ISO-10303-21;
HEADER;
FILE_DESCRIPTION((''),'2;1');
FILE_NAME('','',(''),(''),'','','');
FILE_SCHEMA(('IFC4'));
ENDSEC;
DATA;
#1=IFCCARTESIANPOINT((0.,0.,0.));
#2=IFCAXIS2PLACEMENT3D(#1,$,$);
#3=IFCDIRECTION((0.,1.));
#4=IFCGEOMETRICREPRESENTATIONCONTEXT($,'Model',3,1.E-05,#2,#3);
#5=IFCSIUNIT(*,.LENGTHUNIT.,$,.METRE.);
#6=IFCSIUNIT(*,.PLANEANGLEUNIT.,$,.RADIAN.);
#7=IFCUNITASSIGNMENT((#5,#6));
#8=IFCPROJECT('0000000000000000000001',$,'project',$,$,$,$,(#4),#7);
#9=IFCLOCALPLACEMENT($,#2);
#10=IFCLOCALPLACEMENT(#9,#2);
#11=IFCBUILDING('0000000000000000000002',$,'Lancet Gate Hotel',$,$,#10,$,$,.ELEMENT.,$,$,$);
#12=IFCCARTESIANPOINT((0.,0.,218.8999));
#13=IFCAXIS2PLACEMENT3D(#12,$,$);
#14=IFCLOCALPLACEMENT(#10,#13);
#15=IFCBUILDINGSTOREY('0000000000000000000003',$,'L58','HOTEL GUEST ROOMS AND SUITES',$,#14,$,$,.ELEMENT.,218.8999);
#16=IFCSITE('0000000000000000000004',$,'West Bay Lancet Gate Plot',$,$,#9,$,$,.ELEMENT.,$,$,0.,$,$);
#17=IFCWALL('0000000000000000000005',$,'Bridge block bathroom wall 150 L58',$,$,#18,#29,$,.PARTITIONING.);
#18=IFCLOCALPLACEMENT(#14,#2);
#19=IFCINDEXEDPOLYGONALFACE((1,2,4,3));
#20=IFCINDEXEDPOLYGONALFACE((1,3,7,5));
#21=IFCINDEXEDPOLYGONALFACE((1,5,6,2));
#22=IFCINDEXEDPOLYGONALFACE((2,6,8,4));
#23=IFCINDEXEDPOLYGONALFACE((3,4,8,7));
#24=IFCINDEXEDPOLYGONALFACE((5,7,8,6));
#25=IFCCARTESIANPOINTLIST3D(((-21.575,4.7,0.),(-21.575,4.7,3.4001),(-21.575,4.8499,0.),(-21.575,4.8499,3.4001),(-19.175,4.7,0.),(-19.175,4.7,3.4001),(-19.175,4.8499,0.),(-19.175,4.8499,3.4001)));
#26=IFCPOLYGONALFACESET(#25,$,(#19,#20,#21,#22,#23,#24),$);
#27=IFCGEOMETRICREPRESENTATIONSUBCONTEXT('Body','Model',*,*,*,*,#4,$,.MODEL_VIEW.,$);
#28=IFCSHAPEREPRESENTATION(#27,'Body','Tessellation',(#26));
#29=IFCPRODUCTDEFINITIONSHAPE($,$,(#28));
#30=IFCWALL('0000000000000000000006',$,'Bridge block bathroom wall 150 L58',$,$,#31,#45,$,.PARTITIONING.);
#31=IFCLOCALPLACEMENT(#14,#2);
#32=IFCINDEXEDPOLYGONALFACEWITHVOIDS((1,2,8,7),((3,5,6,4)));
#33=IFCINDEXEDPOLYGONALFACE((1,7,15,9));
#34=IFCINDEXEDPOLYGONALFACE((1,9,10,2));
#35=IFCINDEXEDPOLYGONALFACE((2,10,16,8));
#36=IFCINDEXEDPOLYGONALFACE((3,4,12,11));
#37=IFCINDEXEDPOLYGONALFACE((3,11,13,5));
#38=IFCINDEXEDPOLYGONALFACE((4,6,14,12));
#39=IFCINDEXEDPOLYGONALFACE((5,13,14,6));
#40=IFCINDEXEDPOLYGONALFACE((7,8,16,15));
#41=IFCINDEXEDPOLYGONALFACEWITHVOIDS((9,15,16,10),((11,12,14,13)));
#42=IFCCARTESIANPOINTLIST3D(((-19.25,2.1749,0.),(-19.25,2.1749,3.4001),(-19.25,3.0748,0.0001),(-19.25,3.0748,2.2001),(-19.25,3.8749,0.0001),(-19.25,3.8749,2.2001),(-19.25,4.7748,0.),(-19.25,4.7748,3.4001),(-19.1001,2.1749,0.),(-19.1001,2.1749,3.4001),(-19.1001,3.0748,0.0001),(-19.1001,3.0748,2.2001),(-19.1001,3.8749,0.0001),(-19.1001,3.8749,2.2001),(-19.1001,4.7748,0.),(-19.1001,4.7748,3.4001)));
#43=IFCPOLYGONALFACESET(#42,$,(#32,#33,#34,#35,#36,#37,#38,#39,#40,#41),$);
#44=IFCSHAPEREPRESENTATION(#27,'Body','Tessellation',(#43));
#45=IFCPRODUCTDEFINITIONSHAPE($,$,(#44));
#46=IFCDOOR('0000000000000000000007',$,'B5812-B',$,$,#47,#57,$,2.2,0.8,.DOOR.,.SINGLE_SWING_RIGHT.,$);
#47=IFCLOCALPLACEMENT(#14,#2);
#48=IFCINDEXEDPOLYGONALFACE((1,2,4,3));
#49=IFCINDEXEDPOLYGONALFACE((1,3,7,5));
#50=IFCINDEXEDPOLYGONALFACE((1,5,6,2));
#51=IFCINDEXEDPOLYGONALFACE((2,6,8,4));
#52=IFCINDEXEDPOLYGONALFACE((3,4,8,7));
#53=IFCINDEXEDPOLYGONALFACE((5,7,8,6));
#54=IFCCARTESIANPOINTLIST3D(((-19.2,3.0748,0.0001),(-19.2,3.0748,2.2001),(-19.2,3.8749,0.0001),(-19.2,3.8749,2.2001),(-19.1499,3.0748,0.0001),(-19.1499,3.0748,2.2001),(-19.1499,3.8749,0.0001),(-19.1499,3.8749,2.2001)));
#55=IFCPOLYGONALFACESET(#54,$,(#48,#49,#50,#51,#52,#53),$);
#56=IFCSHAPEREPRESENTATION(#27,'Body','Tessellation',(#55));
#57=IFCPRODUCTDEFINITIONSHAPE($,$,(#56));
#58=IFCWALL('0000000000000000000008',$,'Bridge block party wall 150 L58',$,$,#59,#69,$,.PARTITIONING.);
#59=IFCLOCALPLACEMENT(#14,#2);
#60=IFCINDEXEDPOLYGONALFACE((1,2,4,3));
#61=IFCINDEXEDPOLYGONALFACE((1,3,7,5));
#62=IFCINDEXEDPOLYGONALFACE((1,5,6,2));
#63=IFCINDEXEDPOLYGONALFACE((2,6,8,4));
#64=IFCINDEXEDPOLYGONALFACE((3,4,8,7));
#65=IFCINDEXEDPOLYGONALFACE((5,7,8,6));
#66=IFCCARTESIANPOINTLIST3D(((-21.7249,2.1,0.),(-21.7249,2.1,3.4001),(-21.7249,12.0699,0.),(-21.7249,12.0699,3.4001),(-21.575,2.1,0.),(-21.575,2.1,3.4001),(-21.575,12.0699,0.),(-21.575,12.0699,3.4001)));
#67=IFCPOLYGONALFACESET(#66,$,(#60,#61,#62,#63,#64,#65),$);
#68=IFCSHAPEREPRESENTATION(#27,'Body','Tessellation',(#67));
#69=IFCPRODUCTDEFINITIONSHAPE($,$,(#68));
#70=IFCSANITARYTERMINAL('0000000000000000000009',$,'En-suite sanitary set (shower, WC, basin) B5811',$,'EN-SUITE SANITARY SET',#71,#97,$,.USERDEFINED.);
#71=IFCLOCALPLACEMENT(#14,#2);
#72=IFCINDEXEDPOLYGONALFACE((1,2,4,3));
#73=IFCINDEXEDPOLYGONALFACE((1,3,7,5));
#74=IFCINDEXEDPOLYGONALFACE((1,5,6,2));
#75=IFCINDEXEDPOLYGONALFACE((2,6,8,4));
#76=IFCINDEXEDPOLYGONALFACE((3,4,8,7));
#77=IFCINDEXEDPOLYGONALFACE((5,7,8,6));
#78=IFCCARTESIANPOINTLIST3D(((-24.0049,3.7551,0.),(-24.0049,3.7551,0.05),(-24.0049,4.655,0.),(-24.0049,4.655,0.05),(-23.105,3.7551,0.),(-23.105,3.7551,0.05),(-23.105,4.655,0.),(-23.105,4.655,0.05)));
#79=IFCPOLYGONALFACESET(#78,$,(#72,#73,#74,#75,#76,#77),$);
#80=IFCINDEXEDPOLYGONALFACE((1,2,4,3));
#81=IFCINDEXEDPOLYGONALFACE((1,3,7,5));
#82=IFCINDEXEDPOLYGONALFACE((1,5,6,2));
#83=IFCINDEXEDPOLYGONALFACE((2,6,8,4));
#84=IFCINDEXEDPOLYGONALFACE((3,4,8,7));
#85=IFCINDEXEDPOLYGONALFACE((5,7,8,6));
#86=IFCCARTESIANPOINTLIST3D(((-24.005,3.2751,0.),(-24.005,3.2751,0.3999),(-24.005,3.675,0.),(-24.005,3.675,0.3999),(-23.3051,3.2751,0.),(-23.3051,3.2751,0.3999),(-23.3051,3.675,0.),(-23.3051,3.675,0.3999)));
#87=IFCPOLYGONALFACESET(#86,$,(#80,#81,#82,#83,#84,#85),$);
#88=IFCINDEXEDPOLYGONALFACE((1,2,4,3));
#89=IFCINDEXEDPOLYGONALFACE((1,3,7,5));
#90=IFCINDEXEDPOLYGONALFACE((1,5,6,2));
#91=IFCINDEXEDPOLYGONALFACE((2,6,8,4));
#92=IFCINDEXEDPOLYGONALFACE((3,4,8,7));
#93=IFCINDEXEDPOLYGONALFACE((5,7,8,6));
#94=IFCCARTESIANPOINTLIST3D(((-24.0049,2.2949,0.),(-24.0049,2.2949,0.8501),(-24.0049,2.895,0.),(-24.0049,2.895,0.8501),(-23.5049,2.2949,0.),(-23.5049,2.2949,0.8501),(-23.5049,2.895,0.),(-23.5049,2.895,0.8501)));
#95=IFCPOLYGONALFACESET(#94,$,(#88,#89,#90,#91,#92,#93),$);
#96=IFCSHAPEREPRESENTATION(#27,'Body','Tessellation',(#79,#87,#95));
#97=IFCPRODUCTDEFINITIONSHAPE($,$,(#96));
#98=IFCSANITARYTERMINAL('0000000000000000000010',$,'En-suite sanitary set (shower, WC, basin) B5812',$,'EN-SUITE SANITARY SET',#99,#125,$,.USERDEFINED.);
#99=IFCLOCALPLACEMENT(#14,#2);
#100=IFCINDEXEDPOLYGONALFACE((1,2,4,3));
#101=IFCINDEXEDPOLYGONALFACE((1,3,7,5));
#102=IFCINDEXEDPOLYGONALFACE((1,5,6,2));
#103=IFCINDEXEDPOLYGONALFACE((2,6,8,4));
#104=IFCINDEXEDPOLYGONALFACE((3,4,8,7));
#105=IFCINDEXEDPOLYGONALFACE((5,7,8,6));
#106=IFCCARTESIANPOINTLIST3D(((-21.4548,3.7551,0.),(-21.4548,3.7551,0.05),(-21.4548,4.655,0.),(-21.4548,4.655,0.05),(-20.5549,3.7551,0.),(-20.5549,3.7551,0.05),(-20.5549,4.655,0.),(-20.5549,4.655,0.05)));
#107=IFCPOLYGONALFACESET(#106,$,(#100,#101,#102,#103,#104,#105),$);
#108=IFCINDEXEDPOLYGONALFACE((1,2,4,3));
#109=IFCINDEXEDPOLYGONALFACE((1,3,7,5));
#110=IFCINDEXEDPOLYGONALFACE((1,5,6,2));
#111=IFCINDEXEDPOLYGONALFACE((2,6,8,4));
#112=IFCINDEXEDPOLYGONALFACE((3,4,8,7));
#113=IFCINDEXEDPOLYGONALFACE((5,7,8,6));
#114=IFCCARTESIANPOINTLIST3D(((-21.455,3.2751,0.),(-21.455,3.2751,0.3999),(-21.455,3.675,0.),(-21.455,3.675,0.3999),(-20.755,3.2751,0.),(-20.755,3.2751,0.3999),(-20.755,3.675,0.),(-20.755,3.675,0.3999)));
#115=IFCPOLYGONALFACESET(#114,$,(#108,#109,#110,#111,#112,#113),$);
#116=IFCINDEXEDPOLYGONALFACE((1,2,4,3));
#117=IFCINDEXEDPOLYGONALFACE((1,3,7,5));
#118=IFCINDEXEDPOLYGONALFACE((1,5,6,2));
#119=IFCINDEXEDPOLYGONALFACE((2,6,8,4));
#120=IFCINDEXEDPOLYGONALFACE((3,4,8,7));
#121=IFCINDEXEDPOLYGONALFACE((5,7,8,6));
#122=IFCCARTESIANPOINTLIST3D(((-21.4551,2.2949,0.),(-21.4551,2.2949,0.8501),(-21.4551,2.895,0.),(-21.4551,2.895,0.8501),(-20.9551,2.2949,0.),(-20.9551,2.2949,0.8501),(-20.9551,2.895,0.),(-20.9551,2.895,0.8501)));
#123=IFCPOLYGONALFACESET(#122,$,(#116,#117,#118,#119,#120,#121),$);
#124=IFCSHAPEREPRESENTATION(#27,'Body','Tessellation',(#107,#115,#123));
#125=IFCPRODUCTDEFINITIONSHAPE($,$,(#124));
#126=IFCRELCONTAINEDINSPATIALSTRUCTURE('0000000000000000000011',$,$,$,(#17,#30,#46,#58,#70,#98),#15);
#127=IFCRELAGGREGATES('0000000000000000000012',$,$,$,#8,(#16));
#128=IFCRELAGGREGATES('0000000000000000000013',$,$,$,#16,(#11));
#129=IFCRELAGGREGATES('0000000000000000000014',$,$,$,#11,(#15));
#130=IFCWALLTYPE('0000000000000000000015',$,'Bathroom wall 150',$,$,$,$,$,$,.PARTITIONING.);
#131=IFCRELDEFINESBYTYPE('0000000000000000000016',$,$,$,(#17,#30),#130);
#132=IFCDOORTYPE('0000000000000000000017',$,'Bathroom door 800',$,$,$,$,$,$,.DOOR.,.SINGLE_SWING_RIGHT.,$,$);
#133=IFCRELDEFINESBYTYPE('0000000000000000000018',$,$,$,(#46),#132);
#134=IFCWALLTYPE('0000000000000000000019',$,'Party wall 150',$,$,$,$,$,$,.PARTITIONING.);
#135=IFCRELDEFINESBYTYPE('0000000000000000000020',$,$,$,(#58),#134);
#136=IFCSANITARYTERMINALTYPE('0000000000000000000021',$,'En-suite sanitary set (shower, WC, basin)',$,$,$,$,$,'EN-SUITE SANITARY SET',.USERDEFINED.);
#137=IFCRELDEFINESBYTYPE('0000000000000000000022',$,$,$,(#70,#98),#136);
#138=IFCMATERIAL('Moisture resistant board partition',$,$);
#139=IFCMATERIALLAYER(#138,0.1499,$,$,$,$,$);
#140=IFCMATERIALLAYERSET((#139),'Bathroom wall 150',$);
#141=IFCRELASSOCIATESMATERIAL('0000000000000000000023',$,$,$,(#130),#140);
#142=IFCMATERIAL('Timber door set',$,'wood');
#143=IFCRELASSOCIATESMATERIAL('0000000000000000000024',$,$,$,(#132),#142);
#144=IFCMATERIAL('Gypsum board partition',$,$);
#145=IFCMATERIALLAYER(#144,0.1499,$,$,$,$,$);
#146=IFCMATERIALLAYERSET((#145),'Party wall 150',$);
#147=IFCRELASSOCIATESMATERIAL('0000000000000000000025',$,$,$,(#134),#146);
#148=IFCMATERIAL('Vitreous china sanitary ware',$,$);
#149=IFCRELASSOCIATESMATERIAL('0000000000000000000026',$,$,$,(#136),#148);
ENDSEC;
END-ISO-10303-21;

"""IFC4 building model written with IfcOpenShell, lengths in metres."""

from ifc_helpers import new_model, si_unit, direction, frame, frame_2d, origin, origin_2d, place, context, subcontext, project, spatial, rectangle, extrude, material, layer, layer_set, type_object, element, fill, save


model = new_model("IFC4")

# Units and contexts
model_context = context("Model", 3, precision=1e-05, world=origin(), true_north=direction((0.0, 1.0)))
body_context = subcontext(model_context, "Body", "Model", "MODEL_VIEW")
ifc_project = project(units=[si_unit("LENGTHUNIT", "METRE"), si_unit("PLANEANGLEUNIT", "RADIAN")], contexts=[model_context])

# Site, building, storey
site_placement = place(None, origin())
site = spatial("IfcSite", under=ifc_project, at=site_placement, Name="West Bay Lancet Gate Plot", CompositionType="ELEMENT", RefElevation=0.0)
building_placement = place(site_placement, origin())
building = spatial("IfcBuilding", under=site, at=building_placement, Name="Lancet Gate Hotel", CompositionType="ELEMENT")
storey_placement = place(building_placement, frame((0.0, 0.0, 218.8999)))
storey = spatial("IfcBuildingStorey", under=building, at=storey_placement, Name="L58", Description="HOTEL GUEST ROOMS AND SUITES", CompositionType="ELEMENT", Elevation=218.8999)

# Shared definitions
ifc_material_1 = material(Name="Moisture resistant board partition")
ifc_layer_1 = layer(ifc_material_1, 0.1499)
ifc_layer_set_1 = layer_set([ifc_layer_1], Name="Bathroom wall 150")
wall_type_1 = type_object("IfcWallType", Name="Bathroom wall 150", PredefinedType="PARTITIONING", material=ifc_layer_set_1)

# Shared definitions
ifc_material_2 = material(Name="Timber door set", Category="wood")
door_type = type_object("IfcDoorType", Name="Bathroom door 800", OperationType="SINGLE_SWING_RIGHT", PredefinedType="DOOR", material=ifc_material_2)

# Wall
wall_1_placement = place(storey_placement, frame((-21.575, 4.7749, 0.0), z_axis=(0.0, 0.0, 1.0), x_axis=(1.0, 0.0, 0.0)))
element("IfcWall", 1, at=wall_1_placement, inside=storey, type_object=wall_type_1, Name="Bridge block bathroom wall 150 L58", PredefinedType="PARTITIONING", context=body_context, shape_type="SweptSolid", body=[
    extrude(rectangle(XDim=2.3999, YDim=0.1499, at=frame_2d((1.2, 0.0))), origin(), (0.0, 0.0, 1.0), 3.4001),
])

# Wall, opening, door
wall_2_placement = place(storey_placement, frame((-19.175, 2.175, 0.0), z_axis=(0.0, 0.0, 1.0), x_axis=(0.0, 1.0, 0.0)))
wall_2 = element("IfcWall", 2, at=wall_2_placement, inside=storey, type_object=wall_type_1, Name="Bridge block bathroom wall 150 L58", PredefinedType="PARTITIONING", context=body_context, shape_type="SweptSolid", body=[
    extrude(rectangle(XDim=2.5999, YDim=0.1499, at=frame_2d((1.2998, 0.0))), origin(), (0.0, 0.0, 1.0), 3.4001),
])
opening_1_placement = place(wall_2_placement, frame((0.8999, 0.0, 0.0)))
opening_1 = element("IfcOpeningElement", 3, at=opening_1_placement, cuts=wall_2, PredefinedType="OPENING", context=body_context, shape_type="SweptSolid", body=[
    extrude(rectangle(XDim=0.8, YDim=2.2, at=frame_2d((0.3999, 1.1001))), frame((0.0, 0.085, 0.0), z_axis=(0.0, -1.0, 0.0), x_axis=(1.0, 0.0, 0.0)), (0.0, 0.0, 1.0), 0.1699),
])
door_1_placement = place(opening_1_placement, origin())
door_1 = element("IfcDoor", 4, at=door_1_placement, inside=storey, type_object=door_type, Name="B5812-B", OperationType="SINGLE_SWING_RIGHT", OverallHeight=2.2, OverallWidth=0.8, PredefinedType="DOOR", context=body_context, shape_type="SweptSolid", body=[
    extrude(rectangle(XDim=0.8, YDim=2.2, at=frame_2d((0.3999, 1.1001))), frame((0.0, 0.0249, 0.0), z_axis=(0.0, -1.0, 0.0), x_axis=(1.0, 0.0, 0.0)), (0.0, 0.0, 1.0), 0.05),
])
fill(opening_1, door_1)

# Wall
ifc_material_3 = material(Name="Gypsum board partition")
ifc_layer_2 = layer(ifc_material_3, 0.1499)
ifc_layer_set_2 = layer_set([ifc_layer_2], Name="Party wall 150")
wall_type_2 = type_object("IfcWallType", Name="Party wall 150", PredefinedType="PARTITIONING", material=ifc_layer_set_2)
wall_3_placement = place(storey_placement, frame((-21.6499, 2.1001, 0.0), z_axis=(0.0, 0.0, 1.0), x_axis=(0.0, 1.0, 0.0)))
element("IfcWall", 5, at=wall_3_placement, inside=storey, type_object=wall_type_2, Name="Bridge block party wall 150 L58", PredefinedType="PARTITIONING", context=body_context, shape_type="SweptSolid", body=[
    extrude(rectangle(XDim=9.97, YDim=0.1499, at=frame_2d((4.9849, 0.0))), origin(), (0.0, 0.0, 1.0), 3.4001),
])

# Sanitary terminals
ifc_material_4 = material(Name="Vitreous china sanitary ware")
sanitary_terminal_type = type_object("IfcSanitaryTerminalType", Name="En-suite sanitary set (shower, WC, basin)", ElementType="EN-SUITE SANITARY SET", PredefinedType="USERDEFINED", material=ifc_material_4)
sanitary_terminal_1_placement = place(storey_placement, frame((-23.5549, 4.2051, 0.0), z_axis=(0.0, 0.0, 1.0), x_axis=(1.0, 0.0, 0.0)))
element("IfcSanitaryTerminal", 6, at=sanitary_terminal_1_placement, inside=storey, type_object=sanitary_terminal_type, Name="En-suite sanitary set (shower, WC, basin) B5811", ObjectType="EN-SUITE SANITARY SET", PredefinedType="USERDEFINED", context=body_context, shape_type="SweptSolid", body=[
    extrude(rectangle(XDim=0.8999, YDim=0.8999, at=origin_2d()), frame((0.0, 0.0, 0.0), z_axis=(0.0, 0.0, 1.0), x_axis=(0.0, 1.0, 0.0)), (0.0, 0.0, 1.0), 0.05),
    extrude(rectangle(XDim=0.3999, YDim=0.7, at=origin_2d()), frame((-0.1001, -0.73, 0.0), z_axis=(0.0, 0.0, 1.0), x_axis=(0.0, 1.0, 0.0)), (0.0, 0.0, 1.0), 0.3999),
    extrude(rectangle(XDim=0.6001, YDim=0.5, at=origin_2d()), frame((-0.2, -1.6101, 0.0), z_axis=(0.0, 0.0, 1.0), x_axis=(0.0, 1.0, 0.0)), (0.0, 0.0, 1.0), 0.8501),
])
sanitary_terminal_2_placement = place(storey_placement, frame((-21.0049, 4.2051, 0.0), z_axis=(0.0, 0.0, 1.0), x_axis=(1.0, 0.0, 0.0)))
element("IfcSanitaryTerminal", 7, at=sanitary_terminal_2_placement, inside=storey, type_object=sanitary_terminal_type, Name="En-suite sanitary set (shower, WC, basin) B5812", ObjectType="EN-SUITE SANITARY SET", PredefinedType="USERDEFINED", context=body_context, shape_type="SweptSolid", body=[
    extrude(rectangle(XDim=0.8999, YDim=0.8999, at=origin_2d()), frame((0.0, 0.0, 0.0), z_axis=(0.0, 0.0, 1.0), x_axis=(0.0, 1.0, 0.0)), (0.0, 0.0, 1.0), 0.05),
    extrude(rectangle(XDim=0.3999, YDim=0.7, at=origin_2d()), frame((-0.1001, -0.73, 0.0), z_axis=(0.0, 0.0, 1.0), x_axis=(0.0, 1.0, 0.0)), (0.0, 0.0, 1.0), 0.3999),
    extrude(rectangle(XDim=0.6001, YDim=0.5, at=origin_2d()), frame((-0.2002, -1.6101, 0.0), z_axis=(0.0, 0.0, 1.0), x_axis=(0.0, 1.0, 0.0)), (0.0, 0.0, 1.0), 0.8501),
])

save(model, "model.ifc")
